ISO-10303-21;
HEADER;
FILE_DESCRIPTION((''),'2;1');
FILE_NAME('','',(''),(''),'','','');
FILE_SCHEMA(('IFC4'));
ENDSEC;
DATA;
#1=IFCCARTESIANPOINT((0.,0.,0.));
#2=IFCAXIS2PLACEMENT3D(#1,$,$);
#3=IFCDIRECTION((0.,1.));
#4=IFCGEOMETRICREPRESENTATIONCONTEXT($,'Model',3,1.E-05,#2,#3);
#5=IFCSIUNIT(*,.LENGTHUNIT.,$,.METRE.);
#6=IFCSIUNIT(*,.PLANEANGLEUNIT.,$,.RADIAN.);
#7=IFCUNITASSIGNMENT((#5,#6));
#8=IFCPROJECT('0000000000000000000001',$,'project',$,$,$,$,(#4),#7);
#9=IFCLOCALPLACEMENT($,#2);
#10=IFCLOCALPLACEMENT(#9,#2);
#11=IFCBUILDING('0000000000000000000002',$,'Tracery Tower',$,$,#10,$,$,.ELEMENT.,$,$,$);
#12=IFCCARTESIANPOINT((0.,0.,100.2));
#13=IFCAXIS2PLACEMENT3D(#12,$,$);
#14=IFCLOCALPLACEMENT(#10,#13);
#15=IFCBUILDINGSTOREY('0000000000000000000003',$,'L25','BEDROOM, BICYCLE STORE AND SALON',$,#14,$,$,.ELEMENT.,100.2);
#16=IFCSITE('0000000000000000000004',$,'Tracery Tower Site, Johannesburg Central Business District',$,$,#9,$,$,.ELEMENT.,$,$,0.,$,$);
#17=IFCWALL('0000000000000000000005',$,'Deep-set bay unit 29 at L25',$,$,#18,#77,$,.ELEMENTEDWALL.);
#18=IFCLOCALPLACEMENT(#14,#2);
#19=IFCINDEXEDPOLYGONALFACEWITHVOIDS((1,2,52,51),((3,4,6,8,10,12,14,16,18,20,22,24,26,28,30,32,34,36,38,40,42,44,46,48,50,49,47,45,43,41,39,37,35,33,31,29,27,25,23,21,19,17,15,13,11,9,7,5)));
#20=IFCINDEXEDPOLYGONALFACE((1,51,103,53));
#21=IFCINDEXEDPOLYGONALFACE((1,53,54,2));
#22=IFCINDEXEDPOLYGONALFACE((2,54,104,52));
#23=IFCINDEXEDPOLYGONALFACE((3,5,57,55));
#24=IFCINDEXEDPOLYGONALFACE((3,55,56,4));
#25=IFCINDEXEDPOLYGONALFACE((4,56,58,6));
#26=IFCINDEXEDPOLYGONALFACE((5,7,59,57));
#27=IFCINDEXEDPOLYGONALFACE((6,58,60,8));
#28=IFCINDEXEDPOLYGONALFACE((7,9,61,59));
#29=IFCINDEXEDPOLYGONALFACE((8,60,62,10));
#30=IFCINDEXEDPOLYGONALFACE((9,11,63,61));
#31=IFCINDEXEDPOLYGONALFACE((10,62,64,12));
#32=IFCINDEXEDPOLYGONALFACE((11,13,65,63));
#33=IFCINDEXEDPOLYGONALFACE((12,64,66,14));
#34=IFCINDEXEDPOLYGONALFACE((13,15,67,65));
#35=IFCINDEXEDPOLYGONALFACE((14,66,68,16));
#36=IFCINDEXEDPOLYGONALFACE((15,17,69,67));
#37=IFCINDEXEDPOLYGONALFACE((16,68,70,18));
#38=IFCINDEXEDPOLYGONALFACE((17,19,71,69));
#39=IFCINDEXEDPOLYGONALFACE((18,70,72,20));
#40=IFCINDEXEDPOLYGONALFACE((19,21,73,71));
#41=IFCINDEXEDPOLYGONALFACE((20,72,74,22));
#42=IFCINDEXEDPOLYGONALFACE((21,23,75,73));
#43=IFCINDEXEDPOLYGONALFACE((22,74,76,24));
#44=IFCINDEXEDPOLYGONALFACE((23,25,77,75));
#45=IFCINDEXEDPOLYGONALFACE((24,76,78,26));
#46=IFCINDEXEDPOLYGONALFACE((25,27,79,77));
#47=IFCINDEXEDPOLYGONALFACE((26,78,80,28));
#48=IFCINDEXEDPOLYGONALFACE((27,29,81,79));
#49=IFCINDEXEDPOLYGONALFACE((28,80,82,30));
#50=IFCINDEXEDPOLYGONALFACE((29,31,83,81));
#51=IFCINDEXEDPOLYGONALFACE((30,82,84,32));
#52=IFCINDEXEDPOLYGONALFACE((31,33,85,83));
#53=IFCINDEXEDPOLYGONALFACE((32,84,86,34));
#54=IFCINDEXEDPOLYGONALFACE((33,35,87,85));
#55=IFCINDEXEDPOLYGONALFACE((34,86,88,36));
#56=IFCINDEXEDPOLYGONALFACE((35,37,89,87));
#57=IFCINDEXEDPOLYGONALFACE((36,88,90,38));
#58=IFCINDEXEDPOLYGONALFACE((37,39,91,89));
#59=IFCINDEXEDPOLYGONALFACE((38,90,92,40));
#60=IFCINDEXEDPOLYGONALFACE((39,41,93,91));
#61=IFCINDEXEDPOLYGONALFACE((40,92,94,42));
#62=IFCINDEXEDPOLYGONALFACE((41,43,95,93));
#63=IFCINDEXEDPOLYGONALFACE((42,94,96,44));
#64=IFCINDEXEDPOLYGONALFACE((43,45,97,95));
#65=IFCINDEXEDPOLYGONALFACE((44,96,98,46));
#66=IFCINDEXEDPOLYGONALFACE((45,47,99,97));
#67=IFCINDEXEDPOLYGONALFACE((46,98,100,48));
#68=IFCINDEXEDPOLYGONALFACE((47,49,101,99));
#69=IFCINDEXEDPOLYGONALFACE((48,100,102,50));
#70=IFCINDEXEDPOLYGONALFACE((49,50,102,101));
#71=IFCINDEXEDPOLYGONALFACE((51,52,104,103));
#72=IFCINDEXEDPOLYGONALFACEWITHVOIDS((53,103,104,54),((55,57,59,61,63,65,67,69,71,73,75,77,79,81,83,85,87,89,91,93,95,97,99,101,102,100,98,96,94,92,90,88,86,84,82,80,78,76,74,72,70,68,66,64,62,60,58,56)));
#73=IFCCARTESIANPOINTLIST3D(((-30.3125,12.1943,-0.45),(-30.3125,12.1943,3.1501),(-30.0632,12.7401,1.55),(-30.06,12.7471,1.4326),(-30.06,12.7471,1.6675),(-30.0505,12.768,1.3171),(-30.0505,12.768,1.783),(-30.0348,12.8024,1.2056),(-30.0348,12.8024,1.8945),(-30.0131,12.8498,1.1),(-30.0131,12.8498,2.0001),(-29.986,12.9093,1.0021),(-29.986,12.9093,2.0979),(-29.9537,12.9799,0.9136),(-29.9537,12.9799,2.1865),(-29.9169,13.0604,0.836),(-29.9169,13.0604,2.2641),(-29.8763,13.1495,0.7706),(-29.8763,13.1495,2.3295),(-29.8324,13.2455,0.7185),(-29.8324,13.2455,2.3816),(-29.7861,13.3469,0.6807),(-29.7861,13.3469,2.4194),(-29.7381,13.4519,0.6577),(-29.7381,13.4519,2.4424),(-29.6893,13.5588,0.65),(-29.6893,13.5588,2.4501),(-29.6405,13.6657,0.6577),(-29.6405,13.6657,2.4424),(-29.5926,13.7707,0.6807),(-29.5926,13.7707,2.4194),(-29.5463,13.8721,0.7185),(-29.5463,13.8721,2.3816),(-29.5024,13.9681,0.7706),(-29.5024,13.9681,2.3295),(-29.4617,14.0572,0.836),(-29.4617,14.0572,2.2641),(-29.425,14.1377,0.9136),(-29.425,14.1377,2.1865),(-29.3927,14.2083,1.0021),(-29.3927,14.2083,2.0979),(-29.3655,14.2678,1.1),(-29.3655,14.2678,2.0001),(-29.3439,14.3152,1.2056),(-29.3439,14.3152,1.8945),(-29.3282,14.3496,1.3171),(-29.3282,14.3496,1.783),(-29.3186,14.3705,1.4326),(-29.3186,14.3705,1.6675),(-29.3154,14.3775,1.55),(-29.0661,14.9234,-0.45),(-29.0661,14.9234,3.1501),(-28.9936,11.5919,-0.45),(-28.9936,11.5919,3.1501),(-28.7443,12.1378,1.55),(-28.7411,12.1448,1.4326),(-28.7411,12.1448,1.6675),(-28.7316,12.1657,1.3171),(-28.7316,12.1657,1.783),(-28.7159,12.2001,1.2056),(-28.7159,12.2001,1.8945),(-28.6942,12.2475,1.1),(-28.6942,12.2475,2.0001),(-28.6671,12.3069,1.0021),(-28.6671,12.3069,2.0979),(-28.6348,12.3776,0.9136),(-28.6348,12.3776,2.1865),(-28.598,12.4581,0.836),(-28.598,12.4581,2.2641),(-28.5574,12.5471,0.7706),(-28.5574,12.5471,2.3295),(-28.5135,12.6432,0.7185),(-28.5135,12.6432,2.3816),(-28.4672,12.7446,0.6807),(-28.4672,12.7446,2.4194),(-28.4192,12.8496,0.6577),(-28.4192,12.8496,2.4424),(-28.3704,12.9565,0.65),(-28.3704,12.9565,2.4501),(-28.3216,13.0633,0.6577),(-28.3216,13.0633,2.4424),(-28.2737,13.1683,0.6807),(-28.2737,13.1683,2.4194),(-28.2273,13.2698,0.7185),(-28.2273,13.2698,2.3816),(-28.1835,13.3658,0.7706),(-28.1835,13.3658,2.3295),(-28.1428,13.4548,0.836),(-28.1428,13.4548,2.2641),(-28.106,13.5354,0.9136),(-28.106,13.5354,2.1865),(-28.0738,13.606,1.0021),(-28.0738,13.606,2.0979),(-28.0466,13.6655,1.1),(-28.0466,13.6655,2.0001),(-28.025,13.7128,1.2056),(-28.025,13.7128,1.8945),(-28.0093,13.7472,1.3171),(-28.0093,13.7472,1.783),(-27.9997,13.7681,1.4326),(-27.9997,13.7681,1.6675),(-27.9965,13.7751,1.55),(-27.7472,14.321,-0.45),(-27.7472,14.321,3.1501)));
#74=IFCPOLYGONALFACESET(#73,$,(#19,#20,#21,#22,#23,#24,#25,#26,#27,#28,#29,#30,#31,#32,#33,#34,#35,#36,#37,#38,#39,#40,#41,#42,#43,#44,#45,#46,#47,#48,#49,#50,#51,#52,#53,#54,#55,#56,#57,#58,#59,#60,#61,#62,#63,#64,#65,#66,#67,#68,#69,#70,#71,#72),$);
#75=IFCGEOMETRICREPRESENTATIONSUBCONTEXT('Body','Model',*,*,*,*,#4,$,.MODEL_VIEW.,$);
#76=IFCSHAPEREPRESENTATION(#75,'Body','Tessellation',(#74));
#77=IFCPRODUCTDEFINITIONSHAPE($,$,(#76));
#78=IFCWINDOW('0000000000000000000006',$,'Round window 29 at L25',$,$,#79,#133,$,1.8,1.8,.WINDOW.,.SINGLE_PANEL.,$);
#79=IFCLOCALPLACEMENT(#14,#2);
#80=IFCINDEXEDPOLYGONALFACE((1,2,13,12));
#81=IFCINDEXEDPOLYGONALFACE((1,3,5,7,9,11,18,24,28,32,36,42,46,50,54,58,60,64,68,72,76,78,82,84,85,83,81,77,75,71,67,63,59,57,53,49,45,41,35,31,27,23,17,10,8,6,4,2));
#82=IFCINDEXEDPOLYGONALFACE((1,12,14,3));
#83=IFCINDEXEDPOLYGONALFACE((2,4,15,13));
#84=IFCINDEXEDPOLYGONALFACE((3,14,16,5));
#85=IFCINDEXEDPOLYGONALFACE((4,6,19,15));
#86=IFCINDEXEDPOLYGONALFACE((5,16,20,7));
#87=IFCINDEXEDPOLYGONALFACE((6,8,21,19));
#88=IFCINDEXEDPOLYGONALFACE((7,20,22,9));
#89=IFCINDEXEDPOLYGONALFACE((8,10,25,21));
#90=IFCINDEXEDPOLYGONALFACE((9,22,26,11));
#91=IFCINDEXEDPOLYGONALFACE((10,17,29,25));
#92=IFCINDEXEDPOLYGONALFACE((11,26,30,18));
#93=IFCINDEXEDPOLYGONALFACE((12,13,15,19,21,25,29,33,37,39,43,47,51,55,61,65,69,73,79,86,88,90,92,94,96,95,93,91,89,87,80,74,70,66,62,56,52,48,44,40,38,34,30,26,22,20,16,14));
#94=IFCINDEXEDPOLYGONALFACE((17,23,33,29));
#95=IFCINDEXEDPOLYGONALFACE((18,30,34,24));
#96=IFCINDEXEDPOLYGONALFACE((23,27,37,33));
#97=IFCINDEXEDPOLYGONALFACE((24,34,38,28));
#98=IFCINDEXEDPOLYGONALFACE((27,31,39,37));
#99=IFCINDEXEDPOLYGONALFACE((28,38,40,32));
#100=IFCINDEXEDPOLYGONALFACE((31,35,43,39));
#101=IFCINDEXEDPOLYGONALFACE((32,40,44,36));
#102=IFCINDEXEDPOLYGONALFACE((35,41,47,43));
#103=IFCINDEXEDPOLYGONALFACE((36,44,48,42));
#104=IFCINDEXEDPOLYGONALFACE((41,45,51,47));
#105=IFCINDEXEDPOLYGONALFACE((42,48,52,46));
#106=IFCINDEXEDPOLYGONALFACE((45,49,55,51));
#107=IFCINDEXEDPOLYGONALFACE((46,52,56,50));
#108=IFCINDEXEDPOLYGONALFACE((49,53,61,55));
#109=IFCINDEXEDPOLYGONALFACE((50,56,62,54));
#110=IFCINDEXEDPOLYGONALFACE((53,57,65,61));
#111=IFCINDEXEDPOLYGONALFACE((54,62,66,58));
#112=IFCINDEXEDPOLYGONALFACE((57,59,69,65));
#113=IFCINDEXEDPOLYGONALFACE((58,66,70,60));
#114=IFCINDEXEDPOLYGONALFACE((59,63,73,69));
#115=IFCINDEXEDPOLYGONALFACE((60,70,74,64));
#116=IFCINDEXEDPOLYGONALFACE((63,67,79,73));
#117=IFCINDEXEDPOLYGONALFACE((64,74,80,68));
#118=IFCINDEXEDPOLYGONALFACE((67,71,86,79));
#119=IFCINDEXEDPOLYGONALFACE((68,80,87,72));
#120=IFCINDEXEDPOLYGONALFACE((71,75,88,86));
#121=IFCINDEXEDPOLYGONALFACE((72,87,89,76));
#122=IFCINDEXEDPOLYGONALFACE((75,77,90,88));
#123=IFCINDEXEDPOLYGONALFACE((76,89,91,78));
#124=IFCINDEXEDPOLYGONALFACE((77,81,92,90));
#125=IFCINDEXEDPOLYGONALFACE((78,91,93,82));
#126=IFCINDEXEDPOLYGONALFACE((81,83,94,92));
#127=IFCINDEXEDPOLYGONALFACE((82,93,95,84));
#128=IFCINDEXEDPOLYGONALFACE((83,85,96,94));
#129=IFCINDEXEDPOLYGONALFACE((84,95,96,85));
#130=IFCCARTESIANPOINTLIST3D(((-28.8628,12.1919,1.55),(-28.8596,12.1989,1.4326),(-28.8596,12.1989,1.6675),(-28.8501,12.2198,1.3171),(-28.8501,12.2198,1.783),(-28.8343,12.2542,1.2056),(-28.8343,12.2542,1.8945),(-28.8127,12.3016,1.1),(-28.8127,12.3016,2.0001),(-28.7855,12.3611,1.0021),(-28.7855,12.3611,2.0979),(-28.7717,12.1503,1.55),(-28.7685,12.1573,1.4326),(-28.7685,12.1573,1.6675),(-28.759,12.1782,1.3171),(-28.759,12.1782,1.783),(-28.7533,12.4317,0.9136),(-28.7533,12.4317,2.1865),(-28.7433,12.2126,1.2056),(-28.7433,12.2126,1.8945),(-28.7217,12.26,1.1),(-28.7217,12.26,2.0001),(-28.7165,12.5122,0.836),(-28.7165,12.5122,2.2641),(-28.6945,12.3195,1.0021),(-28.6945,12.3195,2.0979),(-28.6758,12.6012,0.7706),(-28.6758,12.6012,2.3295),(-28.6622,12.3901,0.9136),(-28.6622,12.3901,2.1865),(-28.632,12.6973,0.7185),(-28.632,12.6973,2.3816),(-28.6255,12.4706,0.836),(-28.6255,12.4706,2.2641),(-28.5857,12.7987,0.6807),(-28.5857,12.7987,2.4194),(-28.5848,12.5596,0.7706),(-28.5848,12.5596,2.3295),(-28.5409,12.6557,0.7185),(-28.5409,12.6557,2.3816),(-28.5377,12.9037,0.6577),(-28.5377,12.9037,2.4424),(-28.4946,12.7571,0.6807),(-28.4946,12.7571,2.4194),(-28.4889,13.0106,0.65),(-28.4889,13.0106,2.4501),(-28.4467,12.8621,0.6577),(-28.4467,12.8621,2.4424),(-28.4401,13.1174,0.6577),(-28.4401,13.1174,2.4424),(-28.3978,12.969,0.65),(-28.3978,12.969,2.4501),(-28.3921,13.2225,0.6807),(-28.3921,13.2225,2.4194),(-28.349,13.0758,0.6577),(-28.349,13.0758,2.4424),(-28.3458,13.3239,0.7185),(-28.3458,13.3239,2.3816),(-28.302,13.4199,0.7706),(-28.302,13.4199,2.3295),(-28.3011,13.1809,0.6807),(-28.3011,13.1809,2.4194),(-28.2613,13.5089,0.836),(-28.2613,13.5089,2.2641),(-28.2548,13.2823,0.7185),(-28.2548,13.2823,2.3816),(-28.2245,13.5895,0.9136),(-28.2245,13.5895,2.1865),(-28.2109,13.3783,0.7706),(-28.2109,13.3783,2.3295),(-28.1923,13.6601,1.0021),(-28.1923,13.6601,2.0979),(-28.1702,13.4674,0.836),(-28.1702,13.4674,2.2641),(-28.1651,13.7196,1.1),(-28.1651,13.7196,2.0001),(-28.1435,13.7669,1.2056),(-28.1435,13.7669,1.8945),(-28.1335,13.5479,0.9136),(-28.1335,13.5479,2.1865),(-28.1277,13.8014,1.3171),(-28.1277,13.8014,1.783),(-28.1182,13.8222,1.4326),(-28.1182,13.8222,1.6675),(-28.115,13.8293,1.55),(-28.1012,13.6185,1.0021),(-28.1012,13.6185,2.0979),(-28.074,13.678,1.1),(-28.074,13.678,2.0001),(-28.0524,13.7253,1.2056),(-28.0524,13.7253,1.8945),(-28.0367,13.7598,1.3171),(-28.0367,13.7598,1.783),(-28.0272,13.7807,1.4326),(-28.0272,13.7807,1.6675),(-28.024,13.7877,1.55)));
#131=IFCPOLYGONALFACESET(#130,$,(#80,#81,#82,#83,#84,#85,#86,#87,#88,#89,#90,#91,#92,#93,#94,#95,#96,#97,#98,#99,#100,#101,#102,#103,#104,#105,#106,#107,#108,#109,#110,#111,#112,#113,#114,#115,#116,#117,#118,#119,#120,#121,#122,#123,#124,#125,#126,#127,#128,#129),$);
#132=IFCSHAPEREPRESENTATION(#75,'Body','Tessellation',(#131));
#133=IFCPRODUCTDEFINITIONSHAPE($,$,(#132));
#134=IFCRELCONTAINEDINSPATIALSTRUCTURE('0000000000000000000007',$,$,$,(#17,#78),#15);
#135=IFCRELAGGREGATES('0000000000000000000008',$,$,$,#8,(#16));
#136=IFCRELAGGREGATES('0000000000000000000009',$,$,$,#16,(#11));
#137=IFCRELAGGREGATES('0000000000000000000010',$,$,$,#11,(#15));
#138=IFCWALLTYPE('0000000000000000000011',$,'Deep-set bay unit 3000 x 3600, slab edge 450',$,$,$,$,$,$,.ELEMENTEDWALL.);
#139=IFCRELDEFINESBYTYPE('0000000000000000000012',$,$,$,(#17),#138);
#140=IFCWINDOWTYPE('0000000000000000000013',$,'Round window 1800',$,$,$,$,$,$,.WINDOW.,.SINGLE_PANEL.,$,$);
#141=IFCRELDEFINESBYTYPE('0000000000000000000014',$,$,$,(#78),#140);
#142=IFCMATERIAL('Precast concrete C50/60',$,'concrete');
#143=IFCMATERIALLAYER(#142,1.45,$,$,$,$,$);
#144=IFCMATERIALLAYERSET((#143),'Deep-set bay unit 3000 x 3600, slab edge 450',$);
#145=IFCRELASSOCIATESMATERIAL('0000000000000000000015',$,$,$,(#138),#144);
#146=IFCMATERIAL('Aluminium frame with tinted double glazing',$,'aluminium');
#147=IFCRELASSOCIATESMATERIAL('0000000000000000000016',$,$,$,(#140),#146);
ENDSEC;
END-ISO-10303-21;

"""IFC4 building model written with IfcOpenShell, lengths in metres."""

from ifc_helpers import new_model, si_unit, direction, frame, frame_2d, origin, origin_2d, place, context, subcontext, project, spatial, rectangle, circle, extrude, material, layer, layer_set, type_object, element, fill, save


model = new_model("IFC4")

# Units and contexts
model_context = context("Model", 3, precision=1e-05, world=origin(), true_north=direction((0.0, 1.0)))
body_context = subcontext(model_context, "Body", "Model", "MODEL_VIEW")
ifc_project = project(units=[si_unit("LENGTHUNIT", "METRE"), si_unit("PLANEANGLEUNIT", "RADIAN")], contexts=[model_context])

# Site, building, storey
site_placement = place(None, origin())
site = spatial("IfcSite", under=ifc_project, at=site_placement, Name="Tracery Tower Site, Johannesburg Central Business District", CompositionType="ELEMENT", RefElevation=0.0)
building_placement = place(site_placement, origin())
building = spatial("IfcBuilding", under=site, at=building_placement, Name="Tracery Tower", CompositionType="ELEMENT")
storey_placement = place(building_placement, frame((0.0, 0.0, 100.2)))
storey = spatial("IfcBuildingStorey", under=building, at=storey_placement, Name="L25", Description="BEDROOM, BICYCLE STORE AND SALON", CompositionType="ELEMENT", Elevation=100.2)

# Wall, opening, window
ifc_material_1 = material(Name="Precast concrete C50/60", Category="concrete")
ifc_layer_1 = layer(ifc_material_1, 1.45)
ifc_layer_set_1 = layer_set([ifc_layer_1], Name="Deep-set bay unit 3000 x 3600, slab edge 450")
wall_type_1 = type_object("IfcWallType", Name="Deep-set bay unit 3000 x 3600, slab edge 450", PredefinedType="ELEMENTEDWALL", material=ifc_layer_set_1)
wall_1_placement = place(storey_placement, frame((-28.4067, 14.6221, -0.45), z_axis=(0.0, 0.0, 1.0), x_axis=(-0.415427, -0.909627, 0.0)))
wall_1 = element("IfcWall", 1, at=wall_1_placement, inside=storey, type_object=wall_type_1, Name="Deep-set bay unit 29 at L25", PredefinedType="ELEMENTEDWALL", context=body_context, shape_type="SweptSolid", body=[
    extrude(rectangle(XDim=3.0002, YDim=1.45, at=frame_2d((1.5, 0.0))), origin(), (0.0, 0.0, 1.0), 3.6001),
])
opening_1_placement = place(wall_1_placement, frame((1.5, 0.0, 2.0)))
opening_1 = element("IfcOpeningElement", 2, at=opening_1_placement, cuts=wall_1, PredefinedType="OPENING", context=body_context, shape_type="SweptSolid", body=[
    extrude(circle(Radius=0.9, at=origin_2d()), frame((0.0, 0.7349, 0.0), z_axis=(0.0, -1.0, 0.0), x_axis=(1.0, 0.0, 0.0)), (0.0, 0.0, 1.0), 1.47),
])
ifc_material_2 = material(Name="Aluminium frame with tinted double glazing", Category="aluminium")
window_type = type_object("IfcWindowType", Name="Round window 1800", PartitioningType="SINGLE_PANEL", PredefinedType="WINDOW", material=ifc_material_2)
window_1_placement = place(opening_1_placement, origin())
window_1 = element("IfcWindow", 3, at=window_1_placement, inside=storey, type_object=window_type, Name="Round window 29 at L25", OverallHeight=1.8, OverallWidth=1.8, PartitioningType="SINGLE_PANEL", PredefinedType="WINDOW", context=body_context, shape_type="SweptSolid", body=[
    extrude(circle(Radius=0.9, at=origin_2d()), frame((0.0, 0.6948, 0.0), z_axis=(0.0, -1.0, 0.0), x_axis=(1.0, 0.0, 0.0)), (0.0, 0.0, 1.0), 0.1001),
])
fill(opening_1, window_1)

save(model, "model.ifc")
